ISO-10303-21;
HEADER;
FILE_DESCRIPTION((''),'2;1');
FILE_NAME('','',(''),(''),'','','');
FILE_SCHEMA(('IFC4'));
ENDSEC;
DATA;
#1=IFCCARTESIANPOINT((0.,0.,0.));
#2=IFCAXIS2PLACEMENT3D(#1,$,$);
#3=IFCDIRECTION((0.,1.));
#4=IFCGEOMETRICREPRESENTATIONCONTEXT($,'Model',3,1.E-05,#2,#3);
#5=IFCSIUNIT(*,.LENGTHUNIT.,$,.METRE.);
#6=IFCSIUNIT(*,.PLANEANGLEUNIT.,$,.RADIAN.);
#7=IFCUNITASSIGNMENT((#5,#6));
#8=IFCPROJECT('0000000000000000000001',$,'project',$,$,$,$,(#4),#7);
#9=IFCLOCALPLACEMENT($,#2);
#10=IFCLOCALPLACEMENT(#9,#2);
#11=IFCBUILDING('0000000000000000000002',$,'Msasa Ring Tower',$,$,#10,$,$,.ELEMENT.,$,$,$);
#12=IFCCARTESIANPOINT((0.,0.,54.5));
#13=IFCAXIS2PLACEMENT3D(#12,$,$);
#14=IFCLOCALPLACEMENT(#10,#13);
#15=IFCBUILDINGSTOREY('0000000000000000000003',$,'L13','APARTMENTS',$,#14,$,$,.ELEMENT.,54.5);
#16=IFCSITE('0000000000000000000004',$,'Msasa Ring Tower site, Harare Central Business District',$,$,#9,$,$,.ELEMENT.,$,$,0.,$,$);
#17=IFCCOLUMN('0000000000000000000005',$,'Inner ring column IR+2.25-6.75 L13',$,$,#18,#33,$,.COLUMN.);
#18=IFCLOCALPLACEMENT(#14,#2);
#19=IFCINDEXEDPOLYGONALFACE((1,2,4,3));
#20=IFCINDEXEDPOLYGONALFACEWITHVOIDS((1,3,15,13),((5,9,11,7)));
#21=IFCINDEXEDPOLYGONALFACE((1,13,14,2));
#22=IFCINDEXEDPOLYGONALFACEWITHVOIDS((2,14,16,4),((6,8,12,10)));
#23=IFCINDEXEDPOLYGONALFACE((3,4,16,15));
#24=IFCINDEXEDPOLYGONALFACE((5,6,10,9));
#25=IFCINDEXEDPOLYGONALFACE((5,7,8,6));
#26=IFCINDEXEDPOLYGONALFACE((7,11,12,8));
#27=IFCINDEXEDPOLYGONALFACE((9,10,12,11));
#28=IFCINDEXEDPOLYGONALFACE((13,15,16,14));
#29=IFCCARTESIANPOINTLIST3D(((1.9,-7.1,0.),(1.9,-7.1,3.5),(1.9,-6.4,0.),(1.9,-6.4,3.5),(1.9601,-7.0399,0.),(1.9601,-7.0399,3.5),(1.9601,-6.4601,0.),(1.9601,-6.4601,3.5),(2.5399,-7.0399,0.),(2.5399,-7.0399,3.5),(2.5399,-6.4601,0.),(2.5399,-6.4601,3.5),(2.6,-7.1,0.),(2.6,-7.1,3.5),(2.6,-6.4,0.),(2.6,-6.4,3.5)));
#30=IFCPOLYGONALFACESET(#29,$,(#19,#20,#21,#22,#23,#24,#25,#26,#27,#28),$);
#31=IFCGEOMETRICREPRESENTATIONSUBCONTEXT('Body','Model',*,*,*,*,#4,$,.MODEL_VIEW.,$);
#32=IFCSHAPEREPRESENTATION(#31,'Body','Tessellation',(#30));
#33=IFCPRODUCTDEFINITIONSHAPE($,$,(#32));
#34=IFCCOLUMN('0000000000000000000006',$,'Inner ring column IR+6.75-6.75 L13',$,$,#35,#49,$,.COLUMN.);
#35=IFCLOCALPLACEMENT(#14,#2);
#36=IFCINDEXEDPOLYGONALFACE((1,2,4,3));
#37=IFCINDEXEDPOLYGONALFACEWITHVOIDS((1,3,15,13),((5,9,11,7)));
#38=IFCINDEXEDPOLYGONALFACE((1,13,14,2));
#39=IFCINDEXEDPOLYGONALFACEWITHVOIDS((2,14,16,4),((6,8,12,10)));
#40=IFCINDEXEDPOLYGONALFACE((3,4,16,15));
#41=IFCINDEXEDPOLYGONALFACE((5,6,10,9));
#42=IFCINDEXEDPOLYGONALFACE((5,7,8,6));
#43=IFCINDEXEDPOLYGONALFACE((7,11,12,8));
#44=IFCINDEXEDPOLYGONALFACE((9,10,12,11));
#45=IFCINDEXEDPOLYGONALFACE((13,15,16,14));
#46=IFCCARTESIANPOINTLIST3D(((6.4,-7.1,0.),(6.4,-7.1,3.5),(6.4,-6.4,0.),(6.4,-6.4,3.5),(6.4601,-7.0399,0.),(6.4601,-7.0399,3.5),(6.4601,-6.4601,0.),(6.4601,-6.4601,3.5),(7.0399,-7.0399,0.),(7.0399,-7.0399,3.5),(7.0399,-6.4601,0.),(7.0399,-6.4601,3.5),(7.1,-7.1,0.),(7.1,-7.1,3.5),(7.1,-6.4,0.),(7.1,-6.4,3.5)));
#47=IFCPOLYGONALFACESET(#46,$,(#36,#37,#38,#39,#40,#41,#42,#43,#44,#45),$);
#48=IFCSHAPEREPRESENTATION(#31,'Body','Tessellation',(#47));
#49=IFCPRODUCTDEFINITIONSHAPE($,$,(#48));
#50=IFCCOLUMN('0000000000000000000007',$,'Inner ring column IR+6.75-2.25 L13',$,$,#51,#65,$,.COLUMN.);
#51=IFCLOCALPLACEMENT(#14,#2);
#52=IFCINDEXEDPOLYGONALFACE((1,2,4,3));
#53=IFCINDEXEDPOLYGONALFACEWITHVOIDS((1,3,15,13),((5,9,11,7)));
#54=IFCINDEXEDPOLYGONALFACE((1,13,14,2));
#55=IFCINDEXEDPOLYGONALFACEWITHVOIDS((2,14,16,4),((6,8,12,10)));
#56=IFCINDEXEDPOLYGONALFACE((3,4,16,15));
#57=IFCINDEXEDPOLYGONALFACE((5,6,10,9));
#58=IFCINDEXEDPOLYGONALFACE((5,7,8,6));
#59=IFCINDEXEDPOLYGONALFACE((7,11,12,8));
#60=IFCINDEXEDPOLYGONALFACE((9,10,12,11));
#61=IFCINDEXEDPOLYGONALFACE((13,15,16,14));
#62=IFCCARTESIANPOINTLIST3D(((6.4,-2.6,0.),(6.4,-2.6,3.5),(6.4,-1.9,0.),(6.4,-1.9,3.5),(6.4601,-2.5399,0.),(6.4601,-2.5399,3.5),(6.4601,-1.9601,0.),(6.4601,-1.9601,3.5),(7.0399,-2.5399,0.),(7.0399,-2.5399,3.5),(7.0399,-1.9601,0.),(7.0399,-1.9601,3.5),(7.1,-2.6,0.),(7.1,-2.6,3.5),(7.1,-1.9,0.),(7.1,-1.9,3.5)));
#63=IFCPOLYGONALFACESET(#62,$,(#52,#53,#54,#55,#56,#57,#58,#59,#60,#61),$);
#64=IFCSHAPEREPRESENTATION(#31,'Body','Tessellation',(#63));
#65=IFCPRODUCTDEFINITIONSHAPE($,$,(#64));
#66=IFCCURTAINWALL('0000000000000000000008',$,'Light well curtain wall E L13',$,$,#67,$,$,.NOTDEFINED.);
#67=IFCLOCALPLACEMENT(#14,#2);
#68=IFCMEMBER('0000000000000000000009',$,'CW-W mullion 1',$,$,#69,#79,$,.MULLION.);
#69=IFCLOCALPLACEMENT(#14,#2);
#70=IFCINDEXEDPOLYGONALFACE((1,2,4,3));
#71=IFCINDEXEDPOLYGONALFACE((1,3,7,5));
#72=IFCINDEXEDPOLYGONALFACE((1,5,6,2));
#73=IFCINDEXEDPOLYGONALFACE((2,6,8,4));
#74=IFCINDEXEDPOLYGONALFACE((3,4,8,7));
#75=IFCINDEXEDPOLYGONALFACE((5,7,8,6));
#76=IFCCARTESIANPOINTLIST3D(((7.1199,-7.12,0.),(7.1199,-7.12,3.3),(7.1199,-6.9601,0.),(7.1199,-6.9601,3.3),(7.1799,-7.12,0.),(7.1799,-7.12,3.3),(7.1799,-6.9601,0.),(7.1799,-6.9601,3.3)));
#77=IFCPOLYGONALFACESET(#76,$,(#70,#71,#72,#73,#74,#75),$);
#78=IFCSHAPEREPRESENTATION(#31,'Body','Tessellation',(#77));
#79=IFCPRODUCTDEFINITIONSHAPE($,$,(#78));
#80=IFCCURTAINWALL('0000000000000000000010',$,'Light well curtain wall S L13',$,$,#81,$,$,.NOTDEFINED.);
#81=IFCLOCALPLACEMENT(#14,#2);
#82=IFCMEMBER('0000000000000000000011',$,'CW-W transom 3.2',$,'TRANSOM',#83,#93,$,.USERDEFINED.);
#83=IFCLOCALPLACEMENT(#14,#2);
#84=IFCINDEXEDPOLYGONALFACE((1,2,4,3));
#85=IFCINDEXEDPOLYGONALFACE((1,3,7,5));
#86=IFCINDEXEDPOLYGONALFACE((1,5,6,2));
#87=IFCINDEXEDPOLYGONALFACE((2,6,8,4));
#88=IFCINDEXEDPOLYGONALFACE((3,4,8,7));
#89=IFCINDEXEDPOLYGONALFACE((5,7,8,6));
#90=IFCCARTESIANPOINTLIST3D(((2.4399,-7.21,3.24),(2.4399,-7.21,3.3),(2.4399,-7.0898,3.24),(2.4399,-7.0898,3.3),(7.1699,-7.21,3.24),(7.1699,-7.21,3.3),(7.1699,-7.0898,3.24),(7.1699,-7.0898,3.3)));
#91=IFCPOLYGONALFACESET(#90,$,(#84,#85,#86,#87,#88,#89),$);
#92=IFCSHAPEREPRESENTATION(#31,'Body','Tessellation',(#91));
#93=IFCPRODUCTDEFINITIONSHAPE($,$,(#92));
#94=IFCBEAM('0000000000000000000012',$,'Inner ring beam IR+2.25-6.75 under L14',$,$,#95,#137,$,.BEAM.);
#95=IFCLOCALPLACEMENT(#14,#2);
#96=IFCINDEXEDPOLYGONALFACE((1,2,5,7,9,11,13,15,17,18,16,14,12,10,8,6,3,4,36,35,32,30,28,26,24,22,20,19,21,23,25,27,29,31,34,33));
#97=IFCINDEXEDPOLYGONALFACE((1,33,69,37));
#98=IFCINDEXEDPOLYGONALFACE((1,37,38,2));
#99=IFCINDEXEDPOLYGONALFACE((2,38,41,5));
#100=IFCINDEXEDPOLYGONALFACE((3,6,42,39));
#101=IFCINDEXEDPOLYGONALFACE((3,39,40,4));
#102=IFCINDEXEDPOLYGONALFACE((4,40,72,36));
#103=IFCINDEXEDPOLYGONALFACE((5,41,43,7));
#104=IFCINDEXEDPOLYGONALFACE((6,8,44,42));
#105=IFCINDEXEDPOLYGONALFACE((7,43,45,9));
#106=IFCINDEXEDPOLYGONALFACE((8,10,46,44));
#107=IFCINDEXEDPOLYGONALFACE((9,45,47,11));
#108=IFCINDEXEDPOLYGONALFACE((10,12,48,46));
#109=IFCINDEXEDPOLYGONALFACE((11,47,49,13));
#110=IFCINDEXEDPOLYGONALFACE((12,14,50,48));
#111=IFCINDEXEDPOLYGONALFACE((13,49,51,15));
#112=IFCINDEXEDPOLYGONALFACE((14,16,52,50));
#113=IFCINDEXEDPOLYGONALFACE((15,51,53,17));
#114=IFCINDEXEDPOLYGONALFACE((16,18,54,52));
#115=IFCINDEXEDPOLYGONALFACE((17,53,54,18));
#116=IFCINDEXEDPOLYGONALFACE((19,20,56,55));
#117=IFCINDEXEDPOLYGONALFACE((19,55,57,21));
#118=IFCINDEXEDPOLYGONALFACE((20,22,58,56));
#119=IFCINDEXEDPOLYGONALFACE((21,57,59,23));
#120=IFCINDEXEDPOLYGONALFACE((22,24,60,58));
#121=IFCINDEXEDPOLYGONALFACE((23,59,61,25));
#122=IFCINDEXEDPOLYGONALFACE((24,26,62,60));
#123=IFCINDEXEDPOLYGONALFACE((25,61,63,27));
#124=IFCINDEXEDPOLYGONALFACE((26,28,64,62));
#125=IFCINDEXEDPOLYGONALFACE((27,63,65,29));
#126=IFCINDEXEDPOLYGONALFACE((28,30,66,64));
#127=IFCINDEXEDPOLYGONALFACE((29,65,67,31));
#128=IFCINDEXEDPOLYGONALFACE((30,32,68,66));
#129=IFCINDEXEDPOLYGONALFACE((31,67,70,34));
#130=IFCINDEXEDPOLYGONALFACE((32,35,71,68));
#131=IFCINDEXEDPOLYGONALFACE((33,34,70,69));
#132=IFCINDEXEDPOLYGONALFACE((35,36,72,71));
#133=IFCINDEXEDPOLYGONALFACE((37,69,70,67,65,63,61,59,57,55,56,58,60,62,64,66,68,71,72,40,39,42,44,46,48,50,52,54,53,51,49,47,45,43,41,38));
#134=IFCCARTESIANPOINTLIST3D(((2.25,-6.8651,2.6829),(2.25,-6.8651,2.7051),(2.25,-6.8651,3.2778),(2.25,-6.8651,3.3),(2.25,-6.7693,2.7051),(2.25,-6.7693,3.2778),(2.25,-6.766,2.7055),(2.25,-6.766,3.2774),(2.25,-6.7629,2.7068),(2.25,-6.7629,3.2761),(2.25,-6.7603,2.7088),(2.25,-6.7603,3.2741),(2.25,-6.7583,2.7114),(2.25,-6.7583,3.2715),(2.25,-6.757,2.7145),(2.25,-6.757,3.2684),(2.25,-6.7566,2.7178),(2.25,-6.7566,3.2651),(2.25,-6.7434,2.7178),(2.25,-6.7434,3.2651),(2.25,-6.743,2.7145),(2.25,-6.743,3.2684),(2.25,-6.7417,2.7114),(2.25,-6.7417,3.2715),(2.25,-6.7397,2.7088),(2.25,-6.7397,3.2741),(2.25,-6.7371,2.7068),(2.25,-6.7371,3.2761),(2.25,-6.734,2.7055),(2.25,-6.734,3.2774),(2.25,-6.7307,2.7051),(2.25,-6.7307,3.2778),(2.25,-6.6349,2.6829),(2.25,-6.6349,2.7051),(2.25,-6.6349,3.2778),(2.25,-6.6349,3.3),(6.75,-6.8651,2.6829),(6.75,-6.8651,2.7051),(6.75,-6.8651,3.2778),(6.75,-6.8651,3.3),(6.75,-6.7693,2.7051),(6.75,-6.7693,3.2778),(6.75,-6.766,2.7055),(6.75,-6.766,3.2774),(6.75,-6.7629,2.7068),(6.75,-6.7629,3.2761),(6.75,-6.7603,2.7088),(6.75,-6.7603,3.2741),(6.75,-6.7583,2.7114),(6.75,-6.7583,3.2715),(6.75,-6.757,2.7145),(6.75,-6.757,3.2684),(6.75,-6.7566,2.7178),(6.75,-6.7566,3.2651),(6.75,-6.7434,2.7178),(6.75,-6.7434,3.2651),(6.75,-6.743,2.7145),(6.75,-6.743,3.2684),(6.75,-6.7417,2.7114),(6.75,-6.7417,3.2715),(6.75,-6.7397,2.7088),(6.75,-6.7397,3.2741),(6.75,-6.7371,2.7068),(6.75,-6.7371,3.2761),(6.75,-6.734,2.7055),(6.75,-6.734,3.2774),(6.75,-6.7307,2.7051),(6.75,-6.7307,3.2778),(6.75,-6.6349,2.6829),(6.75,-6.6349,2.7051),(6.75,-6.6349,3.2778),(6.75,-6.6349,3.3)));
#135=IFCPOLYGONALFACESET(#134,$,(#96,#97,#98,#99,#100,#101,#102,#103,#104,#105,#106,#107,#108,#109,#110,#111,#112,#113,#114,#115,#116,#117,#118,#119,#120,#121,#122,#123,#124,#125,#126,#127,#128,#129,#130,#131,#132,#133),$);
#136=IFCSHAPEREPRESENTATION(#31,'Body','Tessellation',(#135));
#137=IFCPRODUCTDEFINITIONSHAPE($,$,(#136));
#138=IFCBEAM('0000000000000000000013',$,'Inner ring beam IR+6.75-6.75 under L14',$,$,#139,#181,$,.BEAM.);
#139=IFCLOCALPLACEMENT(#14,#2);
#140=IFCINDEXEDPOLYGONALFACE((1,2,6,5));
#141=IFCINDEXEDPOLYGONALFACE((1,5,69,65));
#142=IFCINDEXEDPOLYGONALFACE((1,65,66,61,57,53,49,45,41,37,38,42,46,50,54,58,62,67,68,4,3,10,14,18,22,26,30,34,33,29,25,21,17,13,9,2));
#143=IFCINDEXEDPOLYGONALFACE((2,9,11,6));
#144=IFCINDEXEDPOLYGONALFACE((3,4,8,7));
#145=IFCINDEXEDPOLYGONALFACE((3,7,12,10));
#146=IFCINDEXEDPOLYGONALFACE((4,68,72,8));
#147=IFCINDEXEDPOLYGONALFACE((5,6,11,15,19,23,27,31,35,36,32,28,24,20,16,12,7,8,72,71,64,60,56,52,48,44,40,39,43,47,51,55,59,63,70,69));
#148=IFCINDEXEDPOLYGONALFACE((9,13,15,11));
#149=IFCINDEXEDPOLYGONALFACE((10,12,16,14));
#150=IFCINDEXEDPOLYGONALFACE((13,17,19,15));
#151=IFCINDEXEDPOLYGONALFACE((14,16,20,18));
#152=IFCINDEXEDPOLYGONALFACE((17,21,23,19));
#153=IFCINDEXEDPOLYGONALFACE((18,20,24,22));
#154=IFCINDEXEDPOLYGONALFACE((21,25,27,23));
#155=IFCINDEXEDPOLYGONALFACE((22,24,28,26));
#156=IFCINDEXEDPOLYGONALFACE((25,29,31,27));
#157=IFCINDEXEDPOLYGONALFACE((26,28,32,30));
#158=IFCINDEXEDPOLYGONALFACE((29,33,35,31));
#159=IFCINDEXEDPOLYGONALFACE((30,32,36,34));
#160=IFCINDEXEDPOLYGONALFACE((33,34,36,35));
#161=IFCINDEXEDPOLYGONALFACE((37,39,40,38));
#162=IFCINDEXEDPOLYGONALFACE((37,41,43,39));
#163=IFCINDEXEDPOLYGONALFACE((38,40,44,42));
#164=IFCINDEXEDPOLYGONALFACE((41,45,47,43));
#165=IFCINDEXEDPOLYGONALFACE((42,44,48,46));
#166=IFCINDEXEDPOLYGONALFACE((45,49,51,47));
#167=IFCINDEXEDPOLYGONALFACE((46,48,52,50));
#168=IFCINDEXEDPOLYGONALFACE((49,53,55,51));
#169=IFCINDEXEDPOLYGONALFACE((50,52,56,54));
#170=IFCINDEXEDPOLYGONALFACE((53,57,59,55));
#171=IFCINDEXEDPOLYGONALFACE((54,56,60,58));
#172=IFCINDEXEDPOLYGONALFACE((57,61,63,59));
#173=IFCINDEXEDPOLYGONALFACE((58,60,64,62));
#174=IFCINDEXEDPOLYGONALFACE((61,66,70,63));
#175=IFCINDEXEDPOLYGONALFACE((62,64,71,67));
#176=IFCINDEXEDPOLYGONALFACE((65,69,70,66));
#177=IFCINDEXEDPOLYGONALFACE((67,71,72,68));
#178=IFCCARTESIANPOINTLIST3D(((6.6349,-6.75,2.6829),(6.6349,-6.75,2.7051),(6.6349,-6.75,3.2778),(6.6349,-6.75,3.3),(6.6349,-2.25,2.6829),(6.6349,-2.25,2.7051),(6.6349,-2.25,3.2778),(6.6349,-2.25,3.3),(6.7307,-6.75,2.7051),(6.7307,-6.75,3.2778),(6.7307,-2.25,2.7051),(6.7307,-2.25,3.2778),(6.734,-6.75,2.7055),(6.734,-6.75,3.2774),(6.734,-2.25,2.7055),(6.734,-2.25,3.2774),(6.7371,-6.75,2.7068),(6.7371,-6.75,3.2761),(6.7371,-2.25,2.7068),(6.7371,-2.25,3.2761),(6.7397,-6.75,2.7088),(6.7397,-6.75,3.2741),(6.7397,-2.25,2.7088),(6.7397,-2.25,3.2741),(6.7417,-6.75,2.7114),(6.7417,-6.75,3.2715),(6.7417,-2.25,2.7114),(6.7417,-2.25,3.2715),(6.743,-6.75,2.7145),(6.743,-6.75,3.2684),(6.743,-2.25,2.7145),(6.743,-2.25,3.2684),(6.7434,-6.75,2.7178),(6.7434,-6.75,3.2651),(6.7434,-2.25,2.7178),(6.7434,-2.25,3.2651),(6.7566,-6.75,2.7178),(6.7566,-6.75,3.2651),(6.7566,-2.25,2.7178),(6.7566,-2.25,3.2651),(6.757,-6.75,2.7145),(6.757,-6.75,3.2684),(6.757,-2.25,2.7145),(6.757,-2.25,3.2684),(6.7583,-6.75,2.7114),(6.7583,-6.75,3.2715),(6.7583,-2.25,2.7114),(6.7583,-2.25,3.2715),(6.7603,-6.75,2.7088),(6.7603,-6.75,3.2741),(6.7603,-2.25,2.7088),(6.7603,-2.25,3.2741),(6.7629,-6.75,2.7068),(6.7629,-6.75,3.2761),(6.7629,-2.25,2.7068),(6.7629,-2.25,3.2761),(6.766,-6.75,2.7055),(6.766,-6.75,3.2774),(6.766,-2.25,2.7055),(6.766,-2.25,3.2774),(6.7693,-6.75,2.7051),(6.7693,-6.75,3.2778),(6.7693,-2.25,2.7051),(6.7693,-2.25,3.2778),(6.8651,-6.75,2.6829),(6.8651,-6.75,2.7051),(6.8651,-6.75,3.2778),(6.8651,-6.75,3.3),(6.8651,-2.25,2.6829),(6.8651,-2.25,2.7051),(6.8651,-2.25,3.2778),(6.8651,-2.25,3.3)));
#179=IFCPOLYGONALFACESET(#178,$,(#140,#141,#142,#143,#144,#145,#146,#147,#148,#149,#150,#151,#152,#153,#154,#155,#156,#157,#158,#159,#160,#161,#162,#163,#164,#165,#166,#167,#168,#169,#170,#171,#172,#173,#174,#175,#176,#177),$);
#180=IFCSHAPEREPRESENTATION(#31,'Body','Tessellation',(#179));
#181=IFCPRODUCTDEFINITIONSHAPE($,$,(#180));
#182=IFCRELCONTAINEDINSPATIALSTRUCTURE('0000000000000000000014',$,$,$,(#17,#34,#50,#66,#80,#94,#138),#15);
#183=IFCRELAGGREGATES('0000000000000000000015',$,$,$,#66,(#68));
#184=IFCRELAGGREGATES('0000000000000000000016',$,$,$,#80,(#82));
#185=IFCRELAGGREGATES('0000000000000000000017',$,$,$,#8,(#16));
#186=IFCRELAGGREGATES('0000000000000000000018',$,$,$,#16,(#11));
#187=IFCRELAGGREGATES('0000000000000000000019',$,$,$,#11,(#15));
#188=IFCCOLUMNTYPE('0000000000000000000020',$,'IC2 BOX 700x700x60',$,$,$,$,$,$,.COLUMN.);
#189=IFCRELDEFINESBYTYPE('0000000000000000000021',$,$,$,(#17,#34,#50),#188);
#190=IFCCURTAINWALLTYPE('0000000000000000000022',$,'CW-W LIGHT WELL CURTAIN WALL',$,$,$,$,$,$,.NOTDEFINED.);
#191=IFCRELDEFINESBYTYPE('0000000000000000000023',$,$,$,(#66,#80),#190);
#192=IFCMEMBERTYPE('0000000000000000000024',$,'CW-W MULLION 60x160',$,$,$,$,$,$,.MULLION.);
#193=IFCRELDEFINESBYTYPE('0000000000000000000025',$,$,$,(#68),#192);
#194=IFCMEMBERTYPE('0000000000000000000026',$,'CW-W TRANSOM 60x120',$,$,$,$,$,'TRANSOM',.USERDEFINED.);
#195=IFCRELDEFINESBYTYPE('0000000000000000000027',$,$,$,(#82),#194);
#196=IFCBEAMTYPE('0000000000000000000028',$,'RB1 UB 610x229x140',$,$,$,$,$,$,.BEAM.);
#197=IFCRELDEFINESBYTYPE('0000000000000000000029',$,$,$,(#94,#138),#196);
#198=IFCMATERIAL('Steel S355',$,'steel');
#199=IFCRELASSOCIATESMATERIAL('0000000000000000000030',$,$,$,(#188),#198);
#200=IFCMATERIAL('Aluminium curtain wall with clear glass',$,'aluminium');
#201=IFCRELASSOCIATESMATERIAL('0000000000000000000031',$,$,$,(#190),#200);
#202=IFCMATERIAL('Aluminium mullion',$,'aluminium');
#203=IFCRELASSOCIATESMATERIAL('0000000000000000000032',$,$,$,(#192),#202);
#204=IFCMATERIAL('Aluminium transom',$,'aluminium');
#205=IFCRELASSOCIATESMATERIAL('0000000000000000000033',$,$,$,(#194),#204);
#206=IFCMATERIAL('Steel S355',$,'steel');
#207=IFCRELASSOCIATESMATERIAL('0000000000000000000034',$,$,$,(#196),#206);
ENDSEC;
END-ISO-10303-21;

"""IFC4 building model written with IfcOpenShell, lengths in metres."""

from ifc_helpers import new_model, si_unit, direction, frame, origin, origin_2d, place, context, subcontext, project, spatial, rectangle, hollow_rectangle, i_section, extrude, material, material_profile, profile_set, type_object, element, aggregate, save


model = new_model("IFC4")

# Units and contexts
model_context = context("Model", 3, precision=1e-05, world=origin(), true_north=direction((0.0, 1.0)))
body_context = subcontext(model_context, "Body", "Model", "MODEL_VIEW")
ifc_project = project(units=[si_unit("LENGTHUNIT", "METRE"), si_unit("PLANEANGLEUNIT", "RADIAN")], contexts=[model_context])

# Site, building, storey
site_placement = place(None, origin())
site = spatial("IfcSite", under=ifc_project, at=site_placement, Name="Msasa Ring Tower site, Harare Central Business District", CompositionType="ELEMENT", RefElevation=0.0)
building_placement = place(site_placement, origin())
building = spatial("IfcBuilding", under=site, at=building_placement, Name="Msasa Ring Tower", CompositionType="ELEMENT")
storey_placement = place(building_placement, frame((0.0, 0.0, 54.5)))
storey = spatial("IfcBuildingStorey", under=building, at=storey_placement, Name="L13", Description="APARTMENTS", CompositionType="ELEMENT", Elevation=54.5)

# Columns
ifc_material_1 = material(Name="Steel S355", Category="steel")
ifc_material_profile_1 = material_profile(ifc_material_1, hollow_rectangle(XDim=0.7, YDim=0.7, WallThickness=0.0601, at=origin_2d()), Name="BOX 700x700x60")
ifc_profile_set_1 = profile_set([ifc_material_profile_1], Name="Steel S355")
column_type = type_object("IfcColumnType", Name="IC2 BOX 700x700x60", PredefinedType="COLUMN", material=ifc_profile_set_1)
for number, where, z_axis, x_axis, name in (
    (1, (2.25, -6.75, 0.0), (0.0, 0.0, 1.0), (1.0, 0.0, 0.0), "Inner ring column IR+2.25-6.75 L13"),
    (2, (6.75, -6.75, 0.0), (0.0, 0.0, 1.0), (1.0, 0.0, 0.0), "Inner ring column IR+6.75-6.75 L13"),
    (3, (6.75, -2.25, 0.0), (0.0, 0.0, 1.0), (1.0, 0.0, 0.0), "Inner ring column IR+6.75-2.25 L13"),
):
    element("IfcColumn", number, at=place(storey_placement, frame(where, z_axis=z_axis, x_axis=x_axis)), inside=storey, type_object=column_type, Name=name, PredefinedType="COLUMN", context=body_context, shape_type="SweptSolid", body=[
        extrude(hollow_rectangle(XDim=0.7, YDim=0.7, WallThickness=0.0601, at=origin_2d()), origin(), (0.0, 0.0, 1.0), 3.5),
    ])

# Curtain walls, members
ifc_material_2 = material(Name="Aluminium curtain wall with clear glass", Category="aluminium")
curtain_wall_type = type_object("IfcCurtainWallType", Name="CW-W LIGHT WELL CURTAIN WALL", PredefinedType="NOTDEFINED", material=ifc_material_2)
curtain_wall_1_placement = place(storey_placement, origin())
curtain_wall_1 = element("IfcCurtainWall", 4, at=curtain_wall_1_placement, inside=storey, type_object=curtain_wall_type, Name="Light well curtain wall E L13", PredefinedType="NOTDEFINED")
ifc_material_3 = material(Name="Aluminium mullion", Category="aluminium")
ifc_material_profile_2 = material_profile(ifc_material_3, rectangle(XDim=0.0601, YDim=0.1599, at=origin_2d()), Name="AL 60x160")
ifc_profile_set_2 = profile_set([ifc_material_profile_2], Name="Aluminium mullion")
member_type_1 = type_object("IfcMemberType", Name="CW-W MULLION 60x160", PredefinedType="MULLION", material=ifc_profile_set_2)
member_1_placement = place(storey_placement, frame((7.1499, -7.04, 0.0), z_axis=(0.0, 0.0, 1.0), x_axis=(-1.0, 0.0, 0.0)))
member_1 = element("IfcMember", 5, at=member_1_placement, type_object=member_type_1, Name="CW-W mullion 1", PredefinedType="MULLION", context=body_context, shape_type="SweptSolid", body=[
    extrude(rectangle(XDim=0.0601, YDim=0.1599, at=origin_2d()), origin(), (0.0, 0.0, 1.0), 3.3),
])
aggregate(curtain_wall_1, [member_1])
curtain_wall_2_placement = place(storey_placement, origin())
curtain_wall_2 = element("IfcCurtainWall", 6, at=curtain_wall_2_placement, inside=storey, type_object=curtain_wall_type, Name="Light well curtain wall S L13", PredefinedType="NOTDEFINED")
ifc_material_4 = material(Name="Aluminium transom", Category="aluminium")
ifc_material_profile_3 = material_profile(ifc_material_4, rectangle(XDim=0.1201, YDim=0.0601, at=origin_2d()), Name="AL 60x120")
ifc_profile_set_3 = profile_set([ifc_material_profile_3], Name="Aluminium transom")
member_type_2 = type_object("IfcMemberType", Name="CW-W TRANSOM 60x120", ElementType="TRANSOM", PredefinedType="USERDEFINED", material=ifc_profile_set_3)
member_2_placement = place(storey_placement, frame((2.4399, -7.1499, 3.27), z_axis=(1.0, 0.0, 0.0), x_axis=(0.0, 1.0, 0.0)))
member_2 = element("IfcMember", 7, at=member_2_placement, type_object=member_type_2, Name="CW-W transom 3.2", ObjectType="TRANSOM", PredefinedType="USERDEFINED", context=body_context, shape_type="SweptSolid", body=[
    extrude(rectangle(XDim=0.1201, YDim=0.0601, at=origin_2d()), origin(), (0.0, 0.0, 1.0), 4.73),
])

# Beams
ifc_material_5 = material(Name="Steel S355", Category="steel")
ifc_material_profile_4 = material_profile(ifc_material_5, i_section(OverallWidth=0.2302, OverallDepth=0.6172, WebThickness=0.0132, FlangeThickness=0.0222, FilletRadius=0.0127, at=origin_2d()), Name="UB 610x229x140")
ifc_profile_set_4 = profile_set([ifc_material_profile_4], Name="Steel S355")
beam_type = type_object("IfcBeamType", Name="RB1 UB 610x229x140", PredefinedType="BEAM", material=ifc_profile_set_4)
for number, where, z_axis, x_axis, name in (
    (8, (2.25, -6.75, 2.9915), (1.0, 0.0, 0.0), (0.0, 1.0, 0.0), "Inner ring beam IR+2.25-6.75 under L14"),
    (9, (6.75, -6.75, 2.9915), (0.0, 1.0, 0.0), (-1.0, 0.0, 0.0), "Inner ring beam IR+6.75-6.75 under L14"),
):
    element("IfcBeam", number, at=place(storey_placement, frame(where, z_axis=z_axis, x_axis=x_axis)), inside=storey, type_object=beam_type, Name=name, PredefinedType="BEAM", context=body_context, shape_type="SweptSolid", body=[
        extrude(i_section(OverallWidth=0.2302, OverallDepth=0.6172, WebThickness=0.0132, FlangeThickness=0.0222, FilletRadius=0.0127, at=origin_2d()), origin(), (0.0, 0.0, 1.0), 4.5),
    ])

aggregate(curtain_wall_2, [member_2])

save(model, "model.ifc")
